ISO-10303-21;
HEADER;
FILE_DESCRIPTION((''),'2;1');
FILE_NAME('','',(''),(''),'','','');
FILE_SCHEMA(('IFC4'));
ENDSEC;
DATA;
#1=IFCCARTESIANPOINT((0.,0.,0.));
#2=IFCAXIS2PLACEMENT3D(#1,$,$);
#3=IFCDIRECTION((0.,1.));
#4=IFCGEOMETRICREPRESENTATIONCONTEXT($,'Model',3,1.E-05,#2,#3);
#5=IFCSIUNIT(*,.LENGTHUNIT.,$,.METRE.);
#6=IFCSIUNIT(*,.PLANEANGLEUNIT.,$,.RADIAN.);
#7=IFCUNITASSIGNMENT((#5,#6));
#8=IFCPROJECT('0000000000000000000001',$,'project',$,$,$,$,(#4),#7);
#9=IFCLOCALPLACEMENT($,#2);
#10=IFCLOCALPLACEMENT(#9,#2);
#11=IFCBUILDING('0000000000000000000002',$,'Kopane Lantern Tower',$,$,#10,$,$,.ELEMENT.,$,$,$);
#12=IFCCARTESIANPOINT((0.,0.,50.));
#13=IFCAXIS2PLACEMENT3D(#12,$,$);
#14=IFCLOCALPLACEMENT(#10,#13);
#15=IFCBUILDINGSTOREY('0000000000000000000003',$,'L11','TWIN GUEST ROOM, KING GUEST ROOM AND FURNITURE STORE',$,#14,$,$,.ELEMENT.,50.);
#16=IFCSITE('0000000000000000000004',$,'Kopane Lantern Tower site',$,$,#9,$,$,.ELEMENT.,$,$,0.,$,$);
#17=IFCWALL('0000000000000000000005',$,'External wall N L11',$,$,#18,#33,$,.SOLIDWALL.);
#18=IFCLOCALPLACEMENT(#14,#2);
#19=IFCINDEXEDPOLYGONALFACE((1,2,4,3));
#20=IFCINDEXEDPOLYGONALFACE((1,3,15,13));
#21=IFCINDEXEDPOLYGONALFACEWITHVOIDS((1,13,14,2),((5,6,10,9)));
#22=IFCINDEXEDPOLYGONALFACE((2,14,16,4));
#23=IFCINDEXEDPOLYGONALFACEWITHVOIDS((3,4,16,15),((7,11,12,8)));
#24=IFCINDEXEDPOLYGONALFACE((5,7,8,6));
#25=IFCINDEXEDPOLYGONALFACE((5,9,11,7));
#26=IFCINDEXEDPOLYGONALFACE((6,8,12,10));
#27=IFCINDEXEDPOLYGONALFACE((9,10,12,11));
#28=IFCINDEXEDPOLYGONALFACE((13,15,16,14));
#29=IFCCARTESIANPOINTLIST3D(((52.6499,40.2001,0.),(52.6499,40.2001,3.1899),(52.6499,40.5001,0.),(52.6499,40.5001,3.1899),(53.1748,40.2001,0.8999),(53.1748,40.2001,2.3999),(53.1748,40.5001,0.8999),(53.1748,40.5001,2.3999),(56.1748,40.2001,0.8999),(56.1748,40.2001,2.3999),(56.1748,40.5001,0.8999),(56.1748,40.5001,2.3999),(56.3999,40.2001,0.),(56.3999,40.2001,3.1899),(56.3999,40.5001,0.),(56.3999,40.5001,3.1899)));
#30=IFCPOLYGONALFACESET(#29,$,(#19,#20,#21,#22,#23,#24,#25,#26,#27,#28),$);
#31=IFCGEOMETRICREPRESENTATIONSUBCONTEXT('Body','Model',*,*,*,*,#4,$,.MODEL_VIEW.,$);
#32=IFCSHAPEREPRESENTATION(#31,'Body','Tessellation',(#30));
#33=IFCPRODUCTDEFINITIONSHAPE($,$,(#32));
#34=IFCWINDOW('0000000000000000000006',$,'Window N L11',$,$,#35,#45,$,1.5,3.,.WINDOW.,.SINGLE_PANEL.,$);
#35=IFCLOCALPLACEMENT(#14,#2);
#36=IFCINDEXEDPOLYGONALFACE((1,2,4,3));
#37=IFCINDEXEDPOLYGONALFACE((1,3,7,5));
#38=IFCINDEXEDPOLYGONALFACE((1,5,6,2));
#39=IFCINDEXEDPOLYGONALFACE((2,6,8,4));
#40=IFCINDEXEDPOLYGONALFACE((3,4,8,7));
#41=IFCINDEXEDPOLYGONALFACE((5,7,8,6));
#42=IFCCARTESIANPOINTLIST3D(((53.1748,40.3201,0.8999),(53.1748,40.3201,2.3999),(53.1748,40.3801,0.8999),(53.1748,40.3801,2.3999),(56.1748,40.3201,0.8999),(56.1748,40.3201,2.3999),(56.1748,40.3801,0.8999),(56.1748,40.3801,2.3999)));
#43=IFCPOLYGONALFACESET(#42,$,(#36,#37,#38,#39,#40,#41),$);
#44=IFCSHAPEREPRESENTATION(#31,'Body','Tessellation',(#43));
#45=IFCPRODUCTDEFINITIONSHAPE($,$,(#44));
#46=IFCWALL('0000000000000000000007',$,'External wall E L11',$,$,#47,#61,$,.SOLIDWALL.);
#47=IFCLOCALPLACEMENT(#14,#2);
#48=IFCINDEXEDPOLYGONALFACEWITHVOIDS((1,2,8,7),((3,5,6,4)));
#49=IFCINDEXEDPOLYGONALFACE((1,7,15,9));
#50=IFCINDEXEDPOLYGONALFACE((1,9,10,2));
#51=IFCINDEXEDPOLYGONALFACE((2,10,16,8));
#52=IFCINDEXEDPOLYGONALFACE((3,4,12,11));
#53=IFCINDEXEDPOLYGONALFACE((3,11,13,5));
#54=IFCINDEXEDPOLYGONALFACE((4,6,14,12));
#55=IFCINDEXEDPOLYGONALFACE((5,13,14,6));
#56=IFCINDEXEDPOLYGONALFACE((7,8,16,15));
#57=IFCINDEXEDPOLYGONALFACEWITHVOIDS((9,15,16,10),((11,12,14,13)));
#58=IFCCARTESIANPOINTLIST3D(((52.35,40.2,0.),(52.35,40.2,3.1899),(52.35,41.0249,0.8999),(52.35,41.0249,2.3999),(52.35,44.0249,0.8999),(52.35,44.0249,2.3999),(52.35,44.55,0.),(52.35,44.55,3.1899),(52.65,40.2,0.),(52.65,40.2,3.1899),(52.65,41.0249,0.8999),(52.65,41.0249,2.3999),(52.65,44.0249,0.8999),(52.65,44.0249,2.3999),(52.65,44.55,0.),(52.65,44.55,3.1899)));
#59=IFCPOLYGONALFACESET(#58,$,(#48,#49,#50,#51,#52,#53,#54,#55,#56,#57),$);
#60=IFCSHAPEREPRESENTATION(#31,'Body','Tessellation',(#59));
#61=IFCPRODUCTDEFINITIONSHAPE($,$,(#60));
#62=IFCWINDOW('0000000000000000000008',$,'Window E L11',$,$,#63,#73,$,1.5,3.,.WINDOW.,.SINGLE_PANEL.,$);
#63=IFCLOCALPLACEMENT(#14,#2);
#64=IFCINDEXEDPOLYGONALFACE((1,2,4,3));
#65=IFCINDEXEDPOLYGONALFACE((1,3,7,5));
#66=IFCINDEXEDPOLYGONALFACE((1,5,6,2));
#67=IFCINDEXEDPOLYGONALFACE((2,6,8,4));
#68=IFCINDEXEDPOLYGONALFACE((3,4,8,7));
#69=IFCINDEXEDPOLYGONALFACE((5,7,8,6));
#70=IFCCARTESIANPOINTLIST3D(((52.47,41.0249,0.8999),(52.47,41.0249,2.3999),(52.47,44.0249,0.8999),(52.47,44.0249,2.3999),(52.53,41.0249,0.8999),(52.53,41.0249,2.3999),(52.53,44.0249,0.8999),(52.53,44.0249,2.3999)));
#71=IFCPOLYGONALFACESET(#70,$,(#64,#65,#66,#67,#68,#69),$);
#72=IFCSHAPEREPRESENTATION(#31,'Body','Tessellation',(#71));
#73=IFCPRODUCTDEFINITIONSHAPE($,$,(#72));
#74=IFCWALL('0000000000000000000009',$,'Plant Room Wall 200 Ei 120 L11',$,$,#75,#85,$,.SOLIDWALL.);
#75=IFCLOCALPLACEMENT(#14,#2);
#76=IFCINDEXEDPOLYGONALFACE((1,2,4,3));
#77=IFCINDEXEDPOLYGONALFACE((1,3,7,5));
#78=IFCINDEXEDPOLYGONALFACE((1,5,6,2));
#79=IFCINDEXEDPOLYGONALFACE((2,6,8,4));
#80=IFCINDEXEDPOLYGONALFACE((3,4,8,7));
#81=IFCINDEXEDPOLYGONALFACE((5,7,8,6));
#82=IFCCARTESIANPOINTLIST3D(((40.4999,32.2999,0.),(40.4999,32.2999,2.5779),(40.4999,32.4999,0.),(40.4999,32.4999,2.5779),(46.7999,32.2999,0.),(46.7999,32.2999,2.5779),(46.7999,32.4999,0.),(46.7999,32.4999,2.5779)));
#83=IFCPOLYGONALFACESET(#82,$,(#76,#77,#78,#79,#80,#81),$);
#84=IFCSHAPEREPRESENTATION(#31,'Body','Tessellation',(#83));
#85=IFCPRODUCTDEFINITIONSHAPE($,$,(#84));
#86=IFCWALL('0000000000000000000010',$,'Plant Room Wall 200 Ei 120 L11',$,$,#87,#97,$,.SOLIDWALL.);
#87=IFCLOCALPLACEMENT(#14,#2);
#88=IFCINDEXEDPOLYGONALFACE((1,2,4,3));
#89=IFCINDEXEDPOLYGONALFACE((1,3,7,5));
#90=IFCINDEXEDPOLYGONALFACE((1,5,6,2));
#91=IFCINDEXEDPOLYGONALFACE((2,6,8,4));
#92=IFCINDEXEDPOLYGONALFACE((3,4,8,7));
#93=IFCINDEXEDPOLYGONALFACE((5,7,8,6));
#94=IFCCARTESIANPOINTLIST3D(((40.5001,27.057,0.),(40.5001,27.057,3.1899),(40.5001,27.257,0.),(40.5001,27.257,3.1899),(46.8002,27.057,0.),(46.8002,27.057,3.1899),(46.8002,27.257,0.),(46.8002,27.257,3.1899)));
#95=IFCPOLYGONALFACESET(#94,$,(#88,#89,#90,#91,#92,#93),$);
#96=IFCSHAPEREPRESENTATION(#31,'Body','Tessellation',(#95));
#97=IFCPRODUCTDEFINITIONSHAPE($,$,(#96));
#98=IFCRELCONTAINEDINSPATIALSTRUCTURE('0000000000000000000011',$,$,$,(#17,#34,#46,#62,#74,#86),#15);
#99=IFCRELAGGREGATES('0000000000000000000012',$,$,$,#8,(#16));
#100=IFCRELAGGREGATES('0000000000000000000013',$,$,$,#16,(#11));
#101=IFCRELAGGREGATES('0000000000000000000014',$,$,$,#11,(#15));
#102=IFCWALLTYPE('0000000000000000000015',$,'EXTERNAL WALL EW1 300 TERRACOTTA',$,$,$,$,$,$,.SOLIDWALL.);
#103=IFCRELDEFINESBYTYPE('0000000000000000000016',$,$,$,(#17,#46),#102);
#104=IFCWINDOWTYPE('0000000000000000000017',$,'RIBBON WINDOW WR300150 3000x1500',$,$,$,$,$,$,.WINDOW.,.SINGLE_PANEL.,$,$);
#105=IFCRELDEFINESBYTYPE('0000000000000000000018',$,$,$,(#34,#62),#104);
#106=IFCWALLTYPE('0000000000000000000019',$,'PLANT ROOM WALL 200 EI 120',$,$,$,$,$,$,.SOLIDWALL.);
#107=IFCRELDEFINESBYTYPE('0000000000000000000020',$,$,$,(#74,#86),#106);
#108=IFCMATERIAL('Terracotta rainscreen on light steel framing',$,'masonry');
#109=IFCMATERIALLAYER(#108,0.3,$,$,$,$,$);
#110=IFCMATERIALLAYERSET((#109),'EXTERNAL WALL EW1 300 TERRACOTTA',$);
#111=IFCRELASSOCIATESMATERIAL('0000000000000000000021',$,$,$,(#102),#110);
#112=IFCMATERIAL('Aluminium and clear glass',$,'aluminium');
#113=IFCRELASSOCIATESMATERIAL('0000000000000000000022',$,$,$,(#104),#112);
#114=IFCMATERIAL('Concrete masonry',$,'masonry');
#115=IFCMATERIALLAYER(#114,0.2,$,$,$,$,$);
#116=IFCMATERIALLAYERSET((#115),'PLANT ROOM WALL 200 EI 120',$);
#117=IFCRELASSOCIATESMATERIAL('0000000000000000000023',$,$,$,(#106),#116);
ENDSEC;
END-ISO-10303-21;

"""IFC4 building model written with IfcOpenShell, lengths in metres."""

from ifc_helpers import new_model, si_unit, direction, frame, frame_2d, origin, place, context, subcontext, project, spatial, rectangle, extrude, material, layer, layer_set, type_object, element, fill, save


model = new_model("IFC4")

# Units and contexts
model_context = context("Model", 3, precision=1e-05, world=origin(), true_north=direction((0.0, 1.0)))
body_context = subcontext(model_context, "Body", "Model", "MODEL_VIEW")
ifc_project = project(units=[si_unit("LENGTHUNIT", "METRE"), si_unit("PLANEANGLEUNIT", "RADIAN")], contexts=[model_context])

# Site, building, storey
site_placement = place(None, origin())
site = spatial("IfcSite", under=ifc_project, at=site_placement, Name="Kopane Lantern Tower site", CompositionType="ELEMENT", RefElevation=0.0)
building_placement = place(site_placement, origin())
building = spatial("IfcBuilding", under=site, at=building_placement, Name="Kopane Lantern Tower", CompositionType="ELEMENT")
storey_placement = place(building_placement, frame((0.0, 0.0, 50.0)))
storey = spatial("IfcBuildingStorey", under=building, at=storey_placement, Name="L11", Description="TWIN GUEST ROOM, KING GUEST ROOM AND FURNITURE STORE", CompositionType="ELEMENT", Elevation=50.0)

# Walls, openings, windows
ifc_material_1 = material(Name="Terracotta rainscreen on light steel framing", Category="masonry")
ifc_layer_1 = layer(ifc_material_1, 0.3)
ifc_layer_set_1 = layer_set([ifc_layer_1], Name="EXTERNAL WALL EW1 300 TERRACOTTA")
wall_type_1 = type_object("IfcWallType", Name="EXTERNAL WALL EW1 300 TERRACOTTA", PredefinedType="SOLIDWALL", material=ifc_layer_set_1)
wall_1_placement = place(storey_placement, frame((56.3999, 40.3501, 0.0), z_axis=(0.0, 0.0, 1.0), x_axis=(-1.0, 0.0, 0.0)))
wall_1 = element("IfcWall", 1, at=wall_1_placement, inside=storey, type_object=wall_type_1, Name="External wall N L11", PredefinedType="SOLIDWALL", context=body_context, shape_type="SweptSolid", body=[
    extrude(rectangle(XDim=3.75, YDim=0.3, at=frame_2d((1.875, 0.0))), origin(), (0.0, 0.0, 1.0), 3.1899),
])
opening_1_placement = place(wall_1_placement, frame((0.2251, 0.0, 0.8999)))
opening_1 = element("IfcOpeningElement", 2, at=opening_1_placement, cuts=wall_1, PredefinedType="OPENING", context=body_context, shape_type="SweptSolid", body=[
    extrude(rectangle(XDim=3.0, YDim=1.5, at=frame_2d((1.5, 0.75))), frame((0.0, 0.1599, 0.0), z_axis=(0.0, -1.0, 0.0), x_axis=(1.0, 0.0, 0.0)), (0.0, 0.0, 1.0), 0.3201),
])
ifc_material_2 = material(Name="Aluminium and clear glass", Category="aluminium")
window_type = type_object("IfcWindowType", Name="RIBBON WINDOW WR300150 3000x1500", PartitioningType="SINGLE_PANEL", PredefinedType="WINDOW", material=ifc_material_2)
window_1_placement = place(opening_1_placement, origin())
window_1 = element("IfcWindow", 3, at=window_1_placement, inside=storey, type_object=window_type, Name="Window N L11", OverallHeight=1.5, OverallWidth=3.0, PartitioningType="SINGLE_PANEL", PredefinedType="WINDOW", context=body_context, shape_type="SweptSolid", body=[
    extrude(rectangle(XDim=3.0, YDim=1.5, at=frame_2d((1.5, 0.75))), frame((0.0, 0.03, 0.0), z_axis=(0.0, -1.0, 0.0), x_axis=(1.0, 0.0, 0.0)), (0.0, 0.0, 1.0), 0.0601),
])
fill(opening_1, window_1)
wall_2_placement = place(storey_placement, frame((52.5, 40.2, 0.0), z_axis=(0.0, 0.0, 1.0), x_axis=(0.0, 1.0, 0.0)))
wall_2 = element("IfcWall", 4, at=wall_2_placement, inside=storey, type_object=wall_type_1, Name="External wall E L11", PredefinedType="SOLIDWALL", context=body_context, shape_type="SweptSolid", body=[
    extrude(rectangle(XDim=4.3501, YDim=0.3, at=frame_2d((2.175, 0.0))), origin(), (0.0, 0.0, 1.0), 3.1899),
])
opening_2_placement = place(wall_2_placement, frame((0.825, 0.0, 0.8999)))
opening_2 = element("IfcOpeningElement", 5, at=opening_2_placement, cuts=wall_2, PredefinedType="OPENING", context=body_context, shape_type="SweptSolid", body=[
    extrude(rectangle(XDim=3.0, YDim=1.5, at=frame_2d((1.5, 0.75))), frame((0.0, 0.1599, 0.0), z_axis=(0.0, -1.0, 0.0), x_axis=(1.0, 0.0, 0.0)), (0.0, 0.0, 1.0), 0.3201),
])
window_2_placement = place(opening_2_placement, origin())
window_2 = element("IfcWindow", 6, at=window_2_placement, inside=storey, type_object=window_type, Name="Window E L11", OverallHeight=1.5, OverallWidth=3.0, PartitioningType="SINGLE_PANEL", PredefinedType="WINDOW", context=body_context, shape_type="SweptSolid", body=[
    extrude(rectangle(XDim=3.0, YDim=1.5, at=frame_2d((1.5, 0.75))), frame((0.0, 0.03, 0.0), z_axis=(0.0, -1.0, 0.0), x_axis=(1.0, 0.0, 0.0)), (0.0, 0.0, 1.0), 0.0601),
])
fill(opening_2, window_2)

# Walls
ifc_material_3 = material(Name="Concrete masonry", Category="masonry")
ifc_layer_2 = layer(ifc_material_3, 0.2)
ifc_layer_set_2 = layer_set([ifc_layer_2], Name="PLANT ROOM WALL 200 EI 120")
wall_type_2 = type_object("IfcWallType", Name="PLANT ROOM WALL 200 EI 120", PredefinedType="SOLIDWALL", material=ifc_layer_set_2)
wall_3_placement = place(storey_placement, frame((40.5, 32.3999, 0.0), z_axis=(0.0, 0.0, 1.0), x_axis=(1.0, 0.0, 0.0)))
element("IfcWall", 7, at=wall_3_placement, inside=storey, type_object=wall_type_2, Name="Plant Room Wall 200 Ei 120 L11", PredefinedType="SOLIDWALL", context=body_context, shape_type="SweptSolid", body=[
    extrude(rectangle(XDim=6.3, YDim=0.2, at=frame_2d((3.1499, 0.0))), origin(), (0.0, 0.0, 1.0), 2.5779),
])
wall_4_placement = place(storey_placement, frame((46.8, 27.157, 0.0), z_axis=(0.0, 0.0, 1.0), x_axis=(-1.0, 0.0, 0.0)))
element("IfcWall", 8, at=wall_4_placement, inside=storey, type_object=wall_type_2, Name="Plant Room Wall 200 Ei 120 L11", PredefinedType="SOLIDWALL", context=body_context, shape_type="SweptSolid", body=[
    extrude(rectangle(XDim=6.3, YDim=0.2, at=frame_2d((3.1499, 0.0))), origin(), (0.0, 0.0, 1.0), 3.1899),
])

save(model, "model.ifc")
